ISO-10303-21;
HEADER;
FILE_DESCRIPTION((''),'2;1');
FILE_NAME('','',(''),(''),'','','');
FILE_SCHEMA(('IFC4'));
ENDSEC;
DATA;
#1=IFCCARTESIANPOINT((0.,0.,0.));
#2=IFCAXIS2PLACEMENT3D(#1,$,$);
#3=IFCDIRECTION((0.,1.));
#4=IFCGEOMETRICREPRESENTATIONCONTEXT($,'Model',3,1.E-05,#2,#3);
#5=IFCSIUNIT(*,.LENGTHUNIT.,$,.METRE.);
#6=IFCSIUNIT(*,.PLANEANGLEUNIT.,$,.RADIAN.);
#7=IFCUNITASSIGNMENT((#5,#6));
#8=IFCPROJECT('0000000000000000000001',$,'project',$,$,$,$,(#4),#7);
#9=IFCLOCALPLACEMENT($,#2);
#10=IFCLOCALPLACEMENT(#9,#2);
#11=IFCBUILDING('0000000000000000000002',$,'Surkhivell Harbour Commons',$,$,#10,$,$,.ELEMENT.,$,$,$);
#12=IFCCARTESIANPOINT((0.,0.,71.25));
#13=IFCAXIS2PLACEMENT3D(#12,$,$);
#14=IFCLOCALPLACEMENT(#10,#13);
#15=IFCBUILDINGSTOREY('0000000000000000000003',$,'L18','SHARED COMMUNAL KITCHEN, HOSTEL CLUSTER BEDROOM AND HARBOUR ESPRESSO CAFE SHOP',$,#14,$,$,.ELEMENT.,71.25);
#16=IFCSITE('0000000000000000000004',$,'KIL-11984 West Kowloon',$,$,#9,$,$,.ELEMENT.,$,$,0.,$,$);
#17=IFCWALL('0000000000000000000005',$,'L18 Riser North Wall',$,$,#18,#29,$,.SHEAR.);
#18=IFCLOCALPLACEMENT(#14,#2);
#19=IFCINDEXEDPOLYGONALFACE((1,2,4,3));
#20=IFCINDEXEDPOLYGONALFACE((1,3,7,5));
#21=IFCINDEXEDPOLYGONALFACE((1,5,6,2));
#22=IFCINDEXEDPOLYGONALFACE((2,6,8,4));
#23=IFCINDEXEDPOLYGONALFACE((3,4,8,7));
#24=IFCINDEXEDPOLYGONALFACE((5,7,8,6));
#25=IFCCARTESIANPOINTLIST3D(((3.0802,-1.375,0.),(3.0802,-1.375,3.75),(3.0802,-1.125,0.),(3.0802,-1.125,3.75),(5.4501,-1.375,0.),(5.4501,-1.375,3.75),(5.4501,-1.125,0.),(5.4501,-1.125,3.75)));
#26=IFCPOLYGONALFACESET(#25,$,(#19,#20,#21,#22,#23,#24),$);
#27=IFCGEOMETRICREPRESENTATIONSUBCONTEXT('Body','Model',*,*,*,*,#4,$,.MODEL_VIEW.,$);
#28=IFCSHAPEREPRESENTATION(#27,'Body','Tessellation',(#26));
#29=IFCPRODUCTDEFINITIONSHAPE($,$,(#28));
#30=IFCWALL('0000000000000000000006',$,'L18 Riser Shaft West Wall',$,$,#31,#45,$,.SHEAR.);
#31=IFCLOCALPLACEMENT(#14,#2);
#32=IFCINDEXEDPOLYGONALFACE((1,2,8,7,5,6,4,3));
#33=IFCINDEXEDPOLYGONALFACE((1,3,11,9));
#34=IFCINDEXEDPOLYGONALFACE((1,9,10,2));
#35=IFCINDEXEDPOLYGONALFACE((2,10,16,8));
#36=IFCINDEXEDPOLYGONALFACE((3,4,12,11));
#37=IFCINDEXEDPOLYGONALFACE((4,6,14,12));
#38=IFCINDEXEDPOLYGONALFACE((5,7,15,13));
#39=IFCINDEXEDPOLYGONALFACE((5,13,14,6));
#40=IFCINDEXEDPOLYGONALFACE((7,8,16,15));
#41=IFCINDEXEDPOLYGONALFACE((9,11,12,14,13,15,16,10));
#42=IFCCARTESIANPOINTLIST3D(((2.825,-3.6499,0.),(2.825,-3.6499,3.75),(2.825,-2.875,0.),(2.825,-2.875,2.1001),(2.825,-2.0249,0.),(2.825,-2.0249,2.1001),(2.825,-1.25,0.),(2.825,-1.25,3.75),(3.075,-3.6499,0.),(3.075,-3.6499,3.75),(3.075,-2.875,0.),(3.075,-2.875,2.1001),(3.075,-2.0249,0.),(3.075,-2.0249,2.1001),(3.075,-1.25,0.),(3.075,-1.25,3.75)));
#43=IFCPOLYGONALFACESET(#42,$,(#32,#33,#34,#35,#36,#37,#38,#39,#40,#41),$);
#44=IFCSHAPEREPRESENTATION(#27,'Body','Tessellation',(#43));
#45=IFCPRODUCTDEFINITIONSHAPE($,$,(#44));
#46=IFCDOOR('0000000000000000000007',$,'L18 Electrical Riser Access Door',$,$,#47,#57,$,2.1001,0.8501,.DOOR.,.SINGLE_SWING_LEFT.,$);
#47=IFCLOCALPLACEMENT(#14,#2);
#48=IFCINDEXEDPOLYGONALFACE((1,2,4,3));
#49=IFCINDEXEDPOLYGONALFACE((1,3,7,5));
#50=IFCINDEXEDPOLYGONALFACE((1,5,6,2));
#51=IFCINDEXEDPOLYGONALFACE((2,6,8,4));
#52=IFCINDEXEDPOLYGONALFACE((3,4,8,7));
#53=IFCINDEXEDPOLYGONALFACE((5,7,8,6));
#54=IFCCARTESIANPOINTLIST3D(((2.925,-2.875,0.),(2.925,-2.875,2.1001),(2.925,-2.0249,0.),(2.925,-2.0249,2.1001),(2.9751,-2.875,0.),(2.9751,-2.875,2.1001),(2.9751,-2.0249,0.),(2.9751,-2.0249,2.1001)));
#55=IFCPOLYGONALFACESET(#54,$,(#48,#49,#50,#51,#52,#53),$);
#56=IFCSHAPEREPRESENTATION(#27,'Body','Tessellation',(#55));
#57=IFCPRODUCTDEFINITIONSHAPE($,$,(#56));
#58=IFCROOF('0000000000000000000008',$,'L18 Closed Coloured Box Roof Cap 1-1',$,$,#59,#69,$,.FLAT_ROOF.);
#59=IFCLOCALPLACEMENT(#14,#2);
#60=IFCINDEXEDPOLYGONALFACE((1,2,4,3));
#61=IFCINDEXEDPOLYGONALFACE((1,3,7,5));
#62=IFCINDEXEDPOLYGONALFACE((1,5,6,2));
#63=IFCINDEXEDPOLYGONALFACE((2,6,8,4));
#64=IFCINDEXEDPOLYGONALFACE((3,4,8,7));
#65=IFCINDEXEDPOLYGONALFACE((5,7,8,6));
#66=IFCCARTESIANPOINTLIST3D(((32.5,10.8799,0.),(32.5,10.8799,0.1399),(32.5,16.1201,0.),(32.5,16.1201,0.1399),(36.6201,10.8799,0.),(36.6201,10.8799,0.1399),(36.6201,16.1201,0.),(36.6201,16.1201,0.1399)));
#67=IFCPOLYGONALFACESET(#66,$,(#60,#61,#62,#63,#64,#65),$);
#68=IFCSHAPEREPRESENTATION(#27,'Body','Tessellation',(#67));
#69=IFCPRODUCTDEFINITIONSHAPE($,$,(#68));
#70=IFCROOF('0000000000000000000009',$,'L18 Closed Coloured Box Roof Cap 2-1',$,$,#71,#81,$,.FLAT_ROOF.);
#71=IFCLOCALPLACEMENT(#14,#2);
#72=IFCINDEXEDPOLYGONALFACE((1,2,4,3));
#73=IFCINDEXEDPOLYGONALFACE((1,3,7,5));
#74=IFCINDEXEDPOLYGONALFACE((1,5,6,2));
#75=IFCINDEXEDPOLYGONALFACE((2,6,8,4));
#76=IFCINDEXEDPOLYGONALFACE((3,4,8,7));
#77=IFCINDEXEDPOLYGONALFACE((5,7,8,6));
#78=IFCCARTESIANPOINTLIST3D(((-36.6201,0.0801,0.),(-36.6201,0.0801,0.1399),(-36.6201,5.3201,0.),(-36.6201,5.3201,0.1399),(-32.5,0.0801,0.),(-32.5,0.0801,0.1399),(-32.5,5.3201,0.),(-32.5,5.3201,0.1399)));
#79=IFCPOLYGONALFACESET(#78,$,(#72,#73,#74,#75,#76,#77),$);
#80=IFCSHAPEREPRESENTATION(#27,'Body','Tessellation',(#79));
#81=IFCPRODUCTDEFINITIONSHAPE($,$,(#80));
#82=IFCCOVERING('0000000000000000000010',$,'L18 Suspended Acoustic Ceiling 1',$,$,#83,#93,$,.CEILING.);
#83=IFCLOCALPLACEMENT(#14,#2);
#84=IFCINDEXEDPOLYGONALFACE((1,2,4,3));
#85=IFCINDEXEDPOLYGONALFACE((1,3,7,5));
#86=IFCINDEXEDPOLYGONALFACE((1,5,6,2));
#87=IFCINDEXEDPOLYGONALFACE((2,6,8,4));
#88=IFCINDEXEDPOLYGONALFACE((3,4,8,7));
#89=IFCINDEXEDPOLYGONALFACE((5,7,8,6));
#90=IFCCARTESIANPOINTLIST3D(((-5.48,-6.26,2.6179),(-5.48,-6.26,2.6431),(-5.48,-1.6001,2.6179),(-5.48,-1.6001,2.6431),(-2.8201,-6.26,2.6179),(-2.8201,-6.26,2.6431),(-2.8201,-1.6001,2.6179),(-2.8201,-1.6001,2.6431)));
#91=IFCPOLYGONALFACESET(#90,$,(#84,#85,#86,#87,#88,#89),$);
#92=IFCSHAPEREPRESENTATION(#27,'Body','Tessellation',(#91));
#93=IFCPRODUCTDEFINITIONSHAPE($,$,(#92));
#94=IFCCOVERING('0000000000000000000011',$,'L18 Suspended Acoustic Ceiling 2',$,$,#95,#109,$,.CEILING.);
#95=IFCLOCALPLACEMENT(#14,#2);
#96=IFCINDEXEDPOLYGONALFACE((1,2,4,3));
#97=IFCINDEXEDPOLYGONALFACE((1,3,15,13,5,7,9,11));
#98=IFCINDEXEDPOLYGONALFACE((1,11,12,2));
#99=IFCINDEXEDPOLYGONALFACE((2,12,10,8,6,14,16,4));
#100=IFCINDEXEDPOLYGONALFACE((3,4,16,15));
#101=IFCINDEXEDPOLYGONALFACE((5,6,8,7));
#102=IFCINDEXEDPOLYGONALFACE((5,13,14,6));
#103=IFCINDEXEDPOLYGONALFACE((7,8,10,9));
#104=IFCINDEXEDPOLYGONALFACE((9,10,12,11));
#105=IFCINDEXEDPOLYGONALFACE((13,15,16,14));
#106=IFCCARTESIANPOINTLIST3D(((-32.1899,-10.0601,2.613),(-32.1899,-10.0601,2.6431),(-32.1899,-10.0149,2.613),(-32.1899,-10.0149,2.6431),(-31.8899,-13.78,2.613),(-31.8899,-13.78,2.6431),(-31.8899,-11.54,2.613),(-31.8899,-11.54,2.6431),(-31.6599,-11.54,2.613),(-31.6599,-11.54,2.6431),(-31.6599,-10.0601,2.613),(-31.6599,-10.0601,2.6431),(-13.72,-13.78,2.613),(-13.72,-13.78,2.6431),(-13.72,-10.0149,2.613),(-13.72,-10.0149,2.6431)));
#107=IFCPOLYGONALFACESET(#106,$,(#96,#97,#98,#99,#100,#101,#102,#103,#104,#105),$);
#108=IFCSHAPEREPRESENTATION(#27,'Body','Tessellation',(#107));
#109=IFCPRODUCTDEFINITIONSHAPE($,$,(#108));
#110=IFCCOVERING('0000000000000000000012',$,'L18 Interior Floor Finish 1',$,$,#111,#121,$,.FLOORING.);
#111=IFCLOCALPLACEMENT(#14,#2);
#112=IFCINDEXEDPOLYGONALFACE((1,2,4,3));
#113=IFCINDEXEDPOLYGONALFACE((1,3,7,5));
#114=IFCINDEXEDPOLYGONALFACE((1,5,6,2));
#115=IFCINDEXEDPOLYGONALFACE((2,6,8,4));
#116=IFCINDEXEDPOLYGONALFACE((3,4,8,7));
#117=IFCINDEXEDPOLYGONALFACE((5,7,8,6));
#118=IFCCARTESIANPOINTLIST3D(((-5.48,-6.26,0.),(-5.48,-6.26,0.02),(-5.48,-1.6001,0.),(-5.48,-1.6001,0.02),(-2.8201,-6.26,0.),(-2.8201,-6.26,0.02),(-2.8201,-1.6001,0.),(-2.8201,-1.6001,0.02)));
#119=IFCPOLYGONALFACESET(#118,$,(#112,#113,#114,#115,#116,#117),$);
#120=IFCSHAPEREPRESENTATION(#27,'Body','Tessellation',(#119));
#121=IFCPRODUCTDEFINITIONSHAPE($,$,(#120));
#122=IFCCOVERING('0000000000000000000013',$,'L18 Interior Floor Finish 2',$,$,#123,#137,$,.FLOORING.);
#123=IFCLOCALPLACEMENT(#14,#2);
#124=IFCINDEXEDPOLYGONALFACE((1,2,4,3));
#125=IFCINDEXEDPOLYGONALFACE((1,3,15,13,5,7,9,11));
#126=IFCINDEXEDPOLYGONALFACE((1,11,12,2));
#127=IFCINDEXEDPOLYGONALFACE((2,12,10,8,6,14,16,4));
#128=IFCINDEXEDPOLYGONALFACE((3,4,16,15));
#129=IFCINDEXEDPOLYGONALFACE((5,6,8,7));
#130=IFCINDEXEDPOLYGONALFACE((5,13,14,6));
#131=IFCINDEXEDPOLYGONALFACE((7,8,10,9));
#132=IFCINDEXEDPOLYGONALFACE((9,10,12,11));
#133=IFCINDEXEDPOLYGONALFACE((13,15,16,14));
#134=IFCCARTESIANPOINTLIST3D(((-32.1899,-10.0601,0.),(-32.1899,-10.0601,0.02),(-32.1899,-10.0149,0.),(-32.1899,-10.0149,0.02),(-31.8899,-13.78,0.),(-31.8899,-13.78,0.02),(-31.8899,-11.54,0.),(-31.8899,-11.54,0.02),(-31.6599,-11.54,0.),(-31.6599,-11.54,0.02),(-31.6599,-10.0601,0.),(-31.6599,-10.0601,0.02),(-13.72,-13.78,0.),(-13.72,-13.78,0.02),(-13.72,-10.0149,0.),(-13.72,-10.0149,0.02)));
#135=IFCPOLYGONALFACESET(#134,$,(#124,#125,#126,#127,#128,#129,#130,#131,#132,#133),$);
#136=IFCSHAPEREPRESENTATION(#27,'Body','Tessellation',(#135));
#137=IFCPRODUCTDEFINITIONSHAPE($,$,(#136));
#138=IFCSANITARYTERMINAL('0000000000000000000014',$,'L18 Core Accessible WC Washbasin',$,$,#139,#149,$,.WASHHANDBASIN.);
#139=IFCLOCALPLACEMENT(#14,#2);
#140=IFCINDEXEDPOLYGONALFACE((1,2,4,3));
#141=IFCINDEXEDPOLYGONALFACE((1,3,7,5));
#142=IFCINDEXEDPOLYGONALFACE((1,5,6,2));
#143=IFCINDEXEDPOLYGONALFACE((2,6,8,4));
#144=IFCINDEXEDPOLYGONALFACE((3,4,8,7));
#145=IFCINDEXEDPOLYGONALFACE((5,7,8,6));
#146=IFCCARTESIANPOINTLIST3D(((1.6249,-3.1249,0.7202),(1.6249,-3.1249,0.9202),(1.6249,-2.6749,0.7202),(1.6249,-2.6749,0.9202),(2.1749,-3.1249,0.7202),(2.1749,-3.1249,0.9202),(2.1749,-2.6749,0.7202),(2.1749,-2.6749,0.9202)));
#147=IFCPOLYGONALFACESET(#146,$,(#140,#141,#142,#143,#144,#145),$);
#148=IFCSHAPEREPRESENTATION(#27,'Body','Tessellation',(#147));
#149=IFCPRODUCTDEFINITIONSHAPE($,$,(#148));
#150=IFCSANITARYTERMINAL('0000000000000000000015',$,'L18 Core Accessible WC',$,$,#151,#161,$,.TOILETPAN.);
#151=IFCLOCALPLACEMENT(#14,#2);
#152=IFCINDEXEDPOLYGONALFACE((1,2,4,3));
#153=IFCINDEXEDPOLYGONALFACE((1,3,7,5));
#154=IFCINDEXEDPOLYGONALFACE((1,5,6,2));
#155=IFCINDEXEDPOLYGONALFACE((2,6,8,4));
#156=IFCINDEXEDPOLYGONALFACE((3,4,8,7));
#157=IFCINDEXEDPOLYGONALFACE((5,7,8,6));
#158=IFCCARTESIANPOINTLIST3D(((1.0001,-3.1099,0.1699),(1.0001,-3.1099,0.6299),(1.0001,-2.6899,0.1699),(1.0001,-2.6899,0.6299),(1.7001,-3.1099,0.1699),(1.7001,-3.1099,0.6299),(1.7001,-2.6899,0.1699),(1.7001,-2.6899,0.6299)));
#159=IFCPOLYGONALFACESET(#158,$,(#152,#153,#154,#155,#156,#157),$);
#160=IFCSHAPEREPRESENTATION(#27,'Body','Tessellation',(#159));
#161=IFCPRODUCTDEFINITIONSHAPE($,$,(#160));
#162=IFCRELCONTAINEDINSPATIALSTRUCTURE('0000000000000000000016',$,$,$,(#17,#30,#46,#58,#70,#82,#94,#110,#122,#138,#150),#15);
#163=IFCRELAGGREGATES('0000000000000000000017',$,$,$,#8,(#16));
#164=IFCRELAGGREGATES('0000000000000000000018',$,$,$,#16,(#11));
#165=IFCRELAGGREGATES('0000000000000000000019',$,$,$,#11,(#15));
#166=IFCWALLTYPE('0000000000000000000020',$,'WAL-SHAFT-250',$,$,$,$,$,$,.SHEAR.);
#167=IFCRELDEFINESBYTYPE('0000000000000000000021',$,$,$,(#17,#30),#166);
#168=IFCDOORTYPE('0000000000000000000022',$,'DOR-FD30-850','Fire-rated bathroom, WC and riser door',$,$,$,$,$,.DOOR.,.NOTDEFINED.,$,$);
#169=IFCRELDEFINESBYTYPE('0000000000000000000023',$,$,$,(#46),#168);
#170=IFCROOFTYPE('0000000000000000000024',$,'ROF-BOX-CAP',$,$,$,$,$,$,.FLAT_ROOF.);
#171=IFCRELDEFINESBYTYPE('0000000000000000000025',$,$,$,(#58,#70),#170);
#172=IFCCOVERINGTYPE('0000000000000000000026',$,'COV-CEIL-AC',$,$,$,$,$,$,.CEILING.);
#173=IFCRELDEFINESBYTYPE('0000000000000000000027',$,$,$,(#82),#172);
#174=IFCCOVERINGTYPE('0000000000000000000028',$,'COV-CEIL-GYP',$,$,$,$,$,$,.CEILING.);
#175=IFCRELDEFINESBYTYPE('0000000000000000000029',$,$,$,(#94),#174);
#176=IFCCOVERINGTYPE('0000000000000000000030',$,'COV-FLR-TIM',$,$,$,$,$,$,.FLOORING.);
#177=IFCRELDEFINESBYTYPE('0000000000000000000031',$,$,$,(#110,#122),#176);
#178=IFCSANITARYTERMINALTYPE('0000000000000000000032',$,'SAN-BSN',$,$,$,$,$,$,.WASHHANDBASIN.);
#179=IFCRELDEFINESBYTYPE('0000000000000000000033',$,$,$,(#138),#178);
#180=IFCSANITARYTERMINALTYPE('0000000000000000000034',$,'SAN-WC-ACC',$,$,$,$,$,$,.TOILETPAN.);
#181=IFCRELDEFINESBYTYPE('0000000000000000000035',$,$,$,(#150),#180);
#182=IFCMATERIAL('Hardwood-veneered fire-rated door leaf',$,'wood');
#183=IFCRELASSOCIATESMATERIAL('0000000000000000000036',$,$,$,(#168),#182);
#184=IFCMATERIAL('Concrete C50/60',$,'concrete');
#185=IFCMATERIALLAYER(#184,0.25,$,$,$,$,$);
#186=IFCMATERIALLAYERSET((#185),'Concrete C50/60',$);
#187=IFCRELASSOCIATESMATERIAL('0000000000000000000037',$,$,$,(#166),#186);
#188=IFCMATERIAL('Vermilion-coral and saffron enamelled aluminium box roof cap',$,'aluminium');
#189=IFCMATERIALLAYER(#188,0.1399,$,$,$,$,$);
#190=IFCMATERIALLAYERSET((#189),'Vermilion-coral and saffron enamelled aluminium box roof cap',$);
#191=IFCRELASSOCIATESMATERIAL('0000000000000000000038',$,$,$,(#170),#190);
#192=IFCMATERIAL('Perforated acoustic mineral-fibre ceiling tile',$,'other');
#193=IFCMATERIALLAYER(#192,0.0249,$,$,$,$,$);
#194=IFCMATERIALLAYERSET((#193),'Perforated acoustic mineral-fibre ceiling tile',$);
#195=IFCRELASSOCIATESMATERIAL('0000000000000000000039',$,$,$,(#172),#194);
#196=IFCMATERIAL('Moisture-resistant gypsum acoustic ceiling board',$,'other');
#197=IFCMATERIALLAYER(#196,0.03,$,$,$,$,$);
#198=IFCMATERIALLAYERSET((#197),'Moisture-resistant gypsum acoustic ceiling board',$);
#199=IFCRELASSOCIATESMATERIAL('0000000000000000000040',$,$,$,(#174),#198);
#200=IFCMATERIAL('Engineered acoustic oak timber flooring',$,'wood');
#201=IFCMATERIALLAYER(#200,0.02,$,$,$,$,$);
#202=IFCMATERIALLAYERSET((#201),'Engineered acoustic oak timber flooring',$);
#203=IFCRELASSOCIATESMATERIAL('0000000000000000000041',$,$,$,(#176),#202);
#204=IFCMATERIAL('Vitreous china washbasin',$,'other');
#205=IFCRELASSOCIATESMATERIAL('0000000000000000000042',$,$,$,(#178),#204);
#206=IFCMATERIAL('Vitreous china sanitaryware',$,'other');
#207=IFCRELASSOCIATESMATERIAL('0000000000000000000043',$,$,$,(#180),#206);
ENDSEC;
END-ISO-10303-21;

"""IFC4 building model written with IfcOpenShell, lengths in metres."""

from ifc_helpers import new_model, si_unit, direction, frame, frame_2d, origin, origin_2d, place, context, subcontext, project, spatial, polyline, rectangle, outline, extrude, material, layer, layer_set, type_object, element, fill, save


model = new_model("IFC4")

# Units and contexts
model_context = context("Model", 3, precision=1e-05, world=origin(), true_north=direction((0.0, 1.0)))
body_context = subcontext(model_context, "Body", "Model", "MODEL_VIEW")
ifc_project = project(units=[si_unit("LENGTHUNIT", "METRE"), si_unit("PLANEANGLEUNIT", "RADIAN")], contexts=[model_context])

# Site, building, storey
site_placement = place(None, origin())
site = spatial("IfcSite", under=ifc_project, at=site_placement, Name="KIL-11984 West Kowloon", CompositionType="ELEMENT", RefElevation=0.0)
building_placement = place(site_placement, origin())
building = spatial("IfcBuilding", under=site, at=building_placement, Name="Surkhivell Harbour Commons", CompositionType="ELEMENT")
storey_placement = place(building_placement, frame((0.0, 0.0, 71.25)))
storey = spatial("IfcBuildingStorey", under=building, at=storey_placement, Name="L18", Description="SHARED COMMUNAL KITCHEN, HOSTEL CLUSTER BEDROOM AND HARBOUR ESPRESSO CAFE SHOP", CompositionType="ELEMENT", Elevation=71.25)

# Shared definitions
ifc_material_1 = material(Name="Hardwood-veneered fire-rated door leaf", Category="wood")
door_type = type_object("IfcDoorType", Name="DOR-FD30-850", Description="Fire-rated bathroom, WC and riser door", OperationType="NOTDEFINED", PredefinedType="DOOR", material=ifc_material_1)

# Wall
ifc_material_2 = material(Name="Concrete C50/60", Category="concrete")
ifc_layer_1 = layer(ifc_material_2, 0.25)
ifc_layer_set_1 = layer_set([ifc_layer_1], Name="Concrete C50/60")
wall_type_1 = type_object("IfcWallType", Name="WAL-SHAFT-250", PredefinedType="SHEAR", material=ifc_layer_set_1)
for number, where, z_axis, x_axis, name in (
    (1, (3.0801, -1.25, 0.0), (0.0, 0.0, 1.0), (1.0, 0.0, 0.0), "L18 Riser North Wall"),
):
    element("IfcWall", number, at=place(storey_placement, frame(where, z_axis=z_axis, x_axis=x_axis)), inside=storey, type_object=wall_type_1, Name=name, PredefinedType="SHEAR", context=body_context, shape_type="SweptSolid", body=[
        extrude(rectangle(XDim=2.3699, YDim=0.25, at=frame_2d((1.1851, 0.0))), origin(), (0.0, 0.0, 1.0), 3.75),
    ])

# Wall, opening, door
wall_1_placement = place(storey_placement, frame((2.95, -3.6499, 0.0), z_axis=(0.0, 0.0, 1.0), x_axis=(0.0, 1.0, 0.0)))
wall_1 = element("IfcWall", 2, at=wall_1_placement, inside=storey, type_object=wall_type_1, Name="L18 Riser Shaft West Wall", PredefinedType="SHEAR", context=body_context, shape_type="SweptSolid", body=[
    extrude(rectangle(XDim=2.3999, YDim=0.25, at=frame_2d((1.2, 0.0))), origin(), (0.0, 0.0, 1.0), 3.75),
])
opening_1_placement = place(wall_1_placement, frame((0.7749, 0.0, 0.0)))
opening_1 = element("IfcOpeningElement", 3, at=opening_1_placement, cuts=wall_1, PredefinedType="OPENING", context=body_context, shape_type="SweptSolid", body=[
    extrude(rectangle(XDim=0.8501, YDim=2.1001, at=frame_2d((0.425, 1.05))), frame((0.0, 0.135, 0.0), z_axis=(0.0, -1.0, 0.0), x_axis=(1.0, 0.0, 0.0)), (0.0, 0.0, 1.0), 0.27),
])
door_1_placement = place(opening_1_placement, origin())
door_1 = element("IfcDoor", 4, at=door_1_placement, inside=storey, type_object=door_type, Name="L18 Electrical Riser Access Door", OperationType="SINGLE_SWING_LEFT", OverallHeight=2.1001, OverallWidth=0.8501, PredefinedType="DOOR", context=body_context, shape_type="SweptSolid", body=[
    extrude(rectangle(XDim=0.8501, YDim=2.1001, at=frame_2d((0.425, 1.05))), frame((0.0, 0.0249, 0.0), z_axis=(0.0, -1.0, 0.0), x_axis=(1.0, 0.0, 0.0)), (0.0, 0.0, 1.0), 0.05),
])
fill(opening_1, door_1)

# Roofs
ifc_material_3 = material(Name="Vermilion-coral and saffron enamelled aluminium box roof cap", Category="aluminium")
ifc_layer_2 = layer(ifc_material_3, 0.1399)
ifc_layer_set_2 = layer_set([ifc_layer_2], Name="Vermilion-coral and saffron enamelled aluminium box roof cap")
roof_type = type_object("IfcRoofType", Name="ROF-BOX-CAP", PredefinedType="FLAT_ROOF", material=ifc_layer_set_2)
roof_1_placement = place(storey_placement, origin())
element("IfcRoof", 5, at=roof_1_placement, inside=storey, type_object=roof_type, Name="L18 Closed Coloured Box Roof Cap 1-1", PredefinedType="FLAT_ROOF", context=body_context, shape_type="SweptSolid", body=[
    extrude(outline(polyline([(32.5, 16.1201), (32.5, 10.8799), (36.6201, 10.8799), (36.6201, 16.1201), (32.5, 16.1201)])), origin(), (0.0, 0.0, 1.0), 0.1399),
])
roof_2_placement = place(storey_placement, origin())
element("IfcRoof", 6, at=roof_2_placement, inside=storey, type_object=roof_type, Name="L18 Closed Coloured Box Roof Cap 2-1", PredefinedType="FLAT_ROOF", context=body_context, shape_type="SweptSolid", body=[
    extrude(outline(polyline([(-32.5, 0.0801), (-32.5, 5.3201), (-36.6201, 5.3201), (-36.6201, 0.0801), (-32.5, 0.0801)])), origin(), (0.0, 0.0, 1.0), 0.1399),
])

# Coverings
ifc_material_4 = material(Name="Perforated acoustic mineral-fibre ceiling tile", Category="other")
ifc_layer_3 = layer(ifc_material_4, 0.0249)
ifc_layer_set_3 = layer_set([ifc_layer_3], Name="Perforated acoustic mineral-fibre ceiling tile")
covering_type_1 = type_object("IfcCoveringType", Name="COV-CEIL-AC", PredefinedType="CEILING", material=ifc_layer_set_3)
covering_1_placement = place(storey_placement, frame((0.0, 0.0, 2.6179)))
element("IfcCovering", 7, at=covering_1_placement, inside=storey, type_object=covering_type_1, Name="L18 Suspended Acoustic Ceiling 1", PredefinedType="CEILING", context=body_context, shape_type="SweptSolid", body=[
    extrude(outline(polyline([(-5.48, -6.26), (-2.8201, -6.26), (-2.8201, -1.6001), (-5.48, -1.6001), (-5.48, -6.26)])), origin(), (0.0, 0.0, 1.0), 0.0251),
])
ifc_material_5 = material(Name="Moisture-resistant gypsum acoustic ceiling board", Category="other")
ifc_layer_4 = layer(ifc_material_5, 0.03)
ifc_layer_set_4 = layer_set([ifc_layer_4], Name="Moisture-resistant gypsum acoustic ceiling board")
covering_type_2 = type_object("IfcCoveringType", Name="COV-CEIL-GYP", PredefinedType="CEILING", material=ifc_layer_set_4)
covering_2_placement = place(storey_placement, frame((0.0, 0.0, 2.613)))
element("IfcCovering", 8, at=covering_2_placement, inside=storey, type_object=covering_type_2, Name="L18 Suspended Acoustic Ceiling 2", PredefinedType="CEILING", context=body_context, shape_type="SweptSolid", body=[
    extrude(outline(polyline([(-13.72, -13.78), (-13.72, -10.0149), (-32.1899, -10.0149), (-32.1899, -10.0601), (-31.6599, -10.0601), (-31.6599, -11.54), (-31.8899, -11.54), (-31.8899, -13.78), (-13.72, -13.78)])), origin(), (0.0, 0.0, 1.0), 0.03),
])
ifc_material_6 = material(Name="Engineered acoustic oak timber flooring", Category="wood")
ifc_layer_5 = layer(ifc_material_6, 0.02)
ifc_layer_set_5 = layer_set([ifc_layer_5], Name="Engineered acoustic oak timber flooring")
covering_type_3 = type_object("IfcCoveringType", Name="COV-FLR-TIM", PredefinedType="FLOORING", material=ifc_layer_set_5)
covering_3_placement = place(storey_placement, origin())
element("IfcCovering", 9, at=covering_3_placement, inside=storey, type_object=covering_type_3, Name="L18 Interior Floor Finish 1", PredefinedType="FLOORING", context=body_context, shape_type="SweptSolid", body=[
    extrude(outline(polyline([(-5.48, -6.26), (-2.8201, -6.26), (-2.8201, -1.6001), (-5.48, -1.6001), (-5.48, -6.26)])), origin(), (0.0, 0.0, 1.0), 0.02),
])
covering_4_placement = place(storey_placement, origin())
element("IfcCovering", 10, at=covering_4_placement, inside=storey, type_object=covering_type_3, Name="L18 Interior Floor Finish 2", PredefinedType="FLOORING", context=body_context, shape_type="SweptSolid", body=[
    extrude(outline(polyline([(-13.72, -13.78), (-13.72, -10.0149), (-32.1899, -10.0149), (-32.1899, -10.0601), (-31.6599, -10.0601), (-31.6599, -11.54), (-31.8899, -11.54), (-31.8899, -13.78), (-13.72, -13.78)])), origin(), (0.0, 0.0, 1.0), 0.02),
])

# Sanitary terminals
ifc_material_7 = material(Name="Vitreous china washbasin", Category="other")
sanitary_terminal_type_1 = type_object("IfcSanitaryTerminalType", Name="SAN-BSN", PredefinedType="WASHHANDBASIN", material=ifc_material_7)
sanitary_terminal_1_placement = place(storey_placement, frame((1.8999, -2.8999, 0.7202), z_axis=(0.0, 0.0, 1.0), x_axis=(1.0, 0.0, 0.0)))
element("IfcSanitaryTerminal", 11, at=sanitary_terminal_1_placement, inside=storey, type_object=sanitary_terminal_type_1, Name="L18 Core Accessible WC Washbasin", PredefinedType="WASHHANDBASIN", context=body_context, shape_type="SweptSolid", body=[
    extrude(rectangle(XDim=0.55, YDim=0.45, at=origin_2d()), origin(), (0.0, 0.0, 1.0), 0.2),
])
ifc_material_8 = material(Name="Vitreous china sanitaryware", Category="other")
sanitary_terminal_type_2 = type_object("IfcSanitaryTerminalType", Name="SAN-WC-ACC", PredefinedType="TOILETPAN", material=ifc_material_8)
sanitary_terminal_2_placement = place(storey_placement, frame((1.3501, -2.8999, 0.1699), z_axis=(0.0, 0.0, 1.0), x_axis=(1.0, 0.0, 0.0)))
element("IfcSanitaryTerminal", 12, at=sanitary_terminal_2_placement, inside=storey, type_object=sanitary_terminal_type_2, Name="L18 Core Accessible WC", PredefinedType="TOILETPAN", context=body_context, shape_type="SweptSolid", body=[
    extrude(rectangle(XDim=0.7, YDim=0.4199, at=origin_2d()), origin(), (0.0, 0.0, 1.0), 0.46),
])

save(model, "model.ifc")
